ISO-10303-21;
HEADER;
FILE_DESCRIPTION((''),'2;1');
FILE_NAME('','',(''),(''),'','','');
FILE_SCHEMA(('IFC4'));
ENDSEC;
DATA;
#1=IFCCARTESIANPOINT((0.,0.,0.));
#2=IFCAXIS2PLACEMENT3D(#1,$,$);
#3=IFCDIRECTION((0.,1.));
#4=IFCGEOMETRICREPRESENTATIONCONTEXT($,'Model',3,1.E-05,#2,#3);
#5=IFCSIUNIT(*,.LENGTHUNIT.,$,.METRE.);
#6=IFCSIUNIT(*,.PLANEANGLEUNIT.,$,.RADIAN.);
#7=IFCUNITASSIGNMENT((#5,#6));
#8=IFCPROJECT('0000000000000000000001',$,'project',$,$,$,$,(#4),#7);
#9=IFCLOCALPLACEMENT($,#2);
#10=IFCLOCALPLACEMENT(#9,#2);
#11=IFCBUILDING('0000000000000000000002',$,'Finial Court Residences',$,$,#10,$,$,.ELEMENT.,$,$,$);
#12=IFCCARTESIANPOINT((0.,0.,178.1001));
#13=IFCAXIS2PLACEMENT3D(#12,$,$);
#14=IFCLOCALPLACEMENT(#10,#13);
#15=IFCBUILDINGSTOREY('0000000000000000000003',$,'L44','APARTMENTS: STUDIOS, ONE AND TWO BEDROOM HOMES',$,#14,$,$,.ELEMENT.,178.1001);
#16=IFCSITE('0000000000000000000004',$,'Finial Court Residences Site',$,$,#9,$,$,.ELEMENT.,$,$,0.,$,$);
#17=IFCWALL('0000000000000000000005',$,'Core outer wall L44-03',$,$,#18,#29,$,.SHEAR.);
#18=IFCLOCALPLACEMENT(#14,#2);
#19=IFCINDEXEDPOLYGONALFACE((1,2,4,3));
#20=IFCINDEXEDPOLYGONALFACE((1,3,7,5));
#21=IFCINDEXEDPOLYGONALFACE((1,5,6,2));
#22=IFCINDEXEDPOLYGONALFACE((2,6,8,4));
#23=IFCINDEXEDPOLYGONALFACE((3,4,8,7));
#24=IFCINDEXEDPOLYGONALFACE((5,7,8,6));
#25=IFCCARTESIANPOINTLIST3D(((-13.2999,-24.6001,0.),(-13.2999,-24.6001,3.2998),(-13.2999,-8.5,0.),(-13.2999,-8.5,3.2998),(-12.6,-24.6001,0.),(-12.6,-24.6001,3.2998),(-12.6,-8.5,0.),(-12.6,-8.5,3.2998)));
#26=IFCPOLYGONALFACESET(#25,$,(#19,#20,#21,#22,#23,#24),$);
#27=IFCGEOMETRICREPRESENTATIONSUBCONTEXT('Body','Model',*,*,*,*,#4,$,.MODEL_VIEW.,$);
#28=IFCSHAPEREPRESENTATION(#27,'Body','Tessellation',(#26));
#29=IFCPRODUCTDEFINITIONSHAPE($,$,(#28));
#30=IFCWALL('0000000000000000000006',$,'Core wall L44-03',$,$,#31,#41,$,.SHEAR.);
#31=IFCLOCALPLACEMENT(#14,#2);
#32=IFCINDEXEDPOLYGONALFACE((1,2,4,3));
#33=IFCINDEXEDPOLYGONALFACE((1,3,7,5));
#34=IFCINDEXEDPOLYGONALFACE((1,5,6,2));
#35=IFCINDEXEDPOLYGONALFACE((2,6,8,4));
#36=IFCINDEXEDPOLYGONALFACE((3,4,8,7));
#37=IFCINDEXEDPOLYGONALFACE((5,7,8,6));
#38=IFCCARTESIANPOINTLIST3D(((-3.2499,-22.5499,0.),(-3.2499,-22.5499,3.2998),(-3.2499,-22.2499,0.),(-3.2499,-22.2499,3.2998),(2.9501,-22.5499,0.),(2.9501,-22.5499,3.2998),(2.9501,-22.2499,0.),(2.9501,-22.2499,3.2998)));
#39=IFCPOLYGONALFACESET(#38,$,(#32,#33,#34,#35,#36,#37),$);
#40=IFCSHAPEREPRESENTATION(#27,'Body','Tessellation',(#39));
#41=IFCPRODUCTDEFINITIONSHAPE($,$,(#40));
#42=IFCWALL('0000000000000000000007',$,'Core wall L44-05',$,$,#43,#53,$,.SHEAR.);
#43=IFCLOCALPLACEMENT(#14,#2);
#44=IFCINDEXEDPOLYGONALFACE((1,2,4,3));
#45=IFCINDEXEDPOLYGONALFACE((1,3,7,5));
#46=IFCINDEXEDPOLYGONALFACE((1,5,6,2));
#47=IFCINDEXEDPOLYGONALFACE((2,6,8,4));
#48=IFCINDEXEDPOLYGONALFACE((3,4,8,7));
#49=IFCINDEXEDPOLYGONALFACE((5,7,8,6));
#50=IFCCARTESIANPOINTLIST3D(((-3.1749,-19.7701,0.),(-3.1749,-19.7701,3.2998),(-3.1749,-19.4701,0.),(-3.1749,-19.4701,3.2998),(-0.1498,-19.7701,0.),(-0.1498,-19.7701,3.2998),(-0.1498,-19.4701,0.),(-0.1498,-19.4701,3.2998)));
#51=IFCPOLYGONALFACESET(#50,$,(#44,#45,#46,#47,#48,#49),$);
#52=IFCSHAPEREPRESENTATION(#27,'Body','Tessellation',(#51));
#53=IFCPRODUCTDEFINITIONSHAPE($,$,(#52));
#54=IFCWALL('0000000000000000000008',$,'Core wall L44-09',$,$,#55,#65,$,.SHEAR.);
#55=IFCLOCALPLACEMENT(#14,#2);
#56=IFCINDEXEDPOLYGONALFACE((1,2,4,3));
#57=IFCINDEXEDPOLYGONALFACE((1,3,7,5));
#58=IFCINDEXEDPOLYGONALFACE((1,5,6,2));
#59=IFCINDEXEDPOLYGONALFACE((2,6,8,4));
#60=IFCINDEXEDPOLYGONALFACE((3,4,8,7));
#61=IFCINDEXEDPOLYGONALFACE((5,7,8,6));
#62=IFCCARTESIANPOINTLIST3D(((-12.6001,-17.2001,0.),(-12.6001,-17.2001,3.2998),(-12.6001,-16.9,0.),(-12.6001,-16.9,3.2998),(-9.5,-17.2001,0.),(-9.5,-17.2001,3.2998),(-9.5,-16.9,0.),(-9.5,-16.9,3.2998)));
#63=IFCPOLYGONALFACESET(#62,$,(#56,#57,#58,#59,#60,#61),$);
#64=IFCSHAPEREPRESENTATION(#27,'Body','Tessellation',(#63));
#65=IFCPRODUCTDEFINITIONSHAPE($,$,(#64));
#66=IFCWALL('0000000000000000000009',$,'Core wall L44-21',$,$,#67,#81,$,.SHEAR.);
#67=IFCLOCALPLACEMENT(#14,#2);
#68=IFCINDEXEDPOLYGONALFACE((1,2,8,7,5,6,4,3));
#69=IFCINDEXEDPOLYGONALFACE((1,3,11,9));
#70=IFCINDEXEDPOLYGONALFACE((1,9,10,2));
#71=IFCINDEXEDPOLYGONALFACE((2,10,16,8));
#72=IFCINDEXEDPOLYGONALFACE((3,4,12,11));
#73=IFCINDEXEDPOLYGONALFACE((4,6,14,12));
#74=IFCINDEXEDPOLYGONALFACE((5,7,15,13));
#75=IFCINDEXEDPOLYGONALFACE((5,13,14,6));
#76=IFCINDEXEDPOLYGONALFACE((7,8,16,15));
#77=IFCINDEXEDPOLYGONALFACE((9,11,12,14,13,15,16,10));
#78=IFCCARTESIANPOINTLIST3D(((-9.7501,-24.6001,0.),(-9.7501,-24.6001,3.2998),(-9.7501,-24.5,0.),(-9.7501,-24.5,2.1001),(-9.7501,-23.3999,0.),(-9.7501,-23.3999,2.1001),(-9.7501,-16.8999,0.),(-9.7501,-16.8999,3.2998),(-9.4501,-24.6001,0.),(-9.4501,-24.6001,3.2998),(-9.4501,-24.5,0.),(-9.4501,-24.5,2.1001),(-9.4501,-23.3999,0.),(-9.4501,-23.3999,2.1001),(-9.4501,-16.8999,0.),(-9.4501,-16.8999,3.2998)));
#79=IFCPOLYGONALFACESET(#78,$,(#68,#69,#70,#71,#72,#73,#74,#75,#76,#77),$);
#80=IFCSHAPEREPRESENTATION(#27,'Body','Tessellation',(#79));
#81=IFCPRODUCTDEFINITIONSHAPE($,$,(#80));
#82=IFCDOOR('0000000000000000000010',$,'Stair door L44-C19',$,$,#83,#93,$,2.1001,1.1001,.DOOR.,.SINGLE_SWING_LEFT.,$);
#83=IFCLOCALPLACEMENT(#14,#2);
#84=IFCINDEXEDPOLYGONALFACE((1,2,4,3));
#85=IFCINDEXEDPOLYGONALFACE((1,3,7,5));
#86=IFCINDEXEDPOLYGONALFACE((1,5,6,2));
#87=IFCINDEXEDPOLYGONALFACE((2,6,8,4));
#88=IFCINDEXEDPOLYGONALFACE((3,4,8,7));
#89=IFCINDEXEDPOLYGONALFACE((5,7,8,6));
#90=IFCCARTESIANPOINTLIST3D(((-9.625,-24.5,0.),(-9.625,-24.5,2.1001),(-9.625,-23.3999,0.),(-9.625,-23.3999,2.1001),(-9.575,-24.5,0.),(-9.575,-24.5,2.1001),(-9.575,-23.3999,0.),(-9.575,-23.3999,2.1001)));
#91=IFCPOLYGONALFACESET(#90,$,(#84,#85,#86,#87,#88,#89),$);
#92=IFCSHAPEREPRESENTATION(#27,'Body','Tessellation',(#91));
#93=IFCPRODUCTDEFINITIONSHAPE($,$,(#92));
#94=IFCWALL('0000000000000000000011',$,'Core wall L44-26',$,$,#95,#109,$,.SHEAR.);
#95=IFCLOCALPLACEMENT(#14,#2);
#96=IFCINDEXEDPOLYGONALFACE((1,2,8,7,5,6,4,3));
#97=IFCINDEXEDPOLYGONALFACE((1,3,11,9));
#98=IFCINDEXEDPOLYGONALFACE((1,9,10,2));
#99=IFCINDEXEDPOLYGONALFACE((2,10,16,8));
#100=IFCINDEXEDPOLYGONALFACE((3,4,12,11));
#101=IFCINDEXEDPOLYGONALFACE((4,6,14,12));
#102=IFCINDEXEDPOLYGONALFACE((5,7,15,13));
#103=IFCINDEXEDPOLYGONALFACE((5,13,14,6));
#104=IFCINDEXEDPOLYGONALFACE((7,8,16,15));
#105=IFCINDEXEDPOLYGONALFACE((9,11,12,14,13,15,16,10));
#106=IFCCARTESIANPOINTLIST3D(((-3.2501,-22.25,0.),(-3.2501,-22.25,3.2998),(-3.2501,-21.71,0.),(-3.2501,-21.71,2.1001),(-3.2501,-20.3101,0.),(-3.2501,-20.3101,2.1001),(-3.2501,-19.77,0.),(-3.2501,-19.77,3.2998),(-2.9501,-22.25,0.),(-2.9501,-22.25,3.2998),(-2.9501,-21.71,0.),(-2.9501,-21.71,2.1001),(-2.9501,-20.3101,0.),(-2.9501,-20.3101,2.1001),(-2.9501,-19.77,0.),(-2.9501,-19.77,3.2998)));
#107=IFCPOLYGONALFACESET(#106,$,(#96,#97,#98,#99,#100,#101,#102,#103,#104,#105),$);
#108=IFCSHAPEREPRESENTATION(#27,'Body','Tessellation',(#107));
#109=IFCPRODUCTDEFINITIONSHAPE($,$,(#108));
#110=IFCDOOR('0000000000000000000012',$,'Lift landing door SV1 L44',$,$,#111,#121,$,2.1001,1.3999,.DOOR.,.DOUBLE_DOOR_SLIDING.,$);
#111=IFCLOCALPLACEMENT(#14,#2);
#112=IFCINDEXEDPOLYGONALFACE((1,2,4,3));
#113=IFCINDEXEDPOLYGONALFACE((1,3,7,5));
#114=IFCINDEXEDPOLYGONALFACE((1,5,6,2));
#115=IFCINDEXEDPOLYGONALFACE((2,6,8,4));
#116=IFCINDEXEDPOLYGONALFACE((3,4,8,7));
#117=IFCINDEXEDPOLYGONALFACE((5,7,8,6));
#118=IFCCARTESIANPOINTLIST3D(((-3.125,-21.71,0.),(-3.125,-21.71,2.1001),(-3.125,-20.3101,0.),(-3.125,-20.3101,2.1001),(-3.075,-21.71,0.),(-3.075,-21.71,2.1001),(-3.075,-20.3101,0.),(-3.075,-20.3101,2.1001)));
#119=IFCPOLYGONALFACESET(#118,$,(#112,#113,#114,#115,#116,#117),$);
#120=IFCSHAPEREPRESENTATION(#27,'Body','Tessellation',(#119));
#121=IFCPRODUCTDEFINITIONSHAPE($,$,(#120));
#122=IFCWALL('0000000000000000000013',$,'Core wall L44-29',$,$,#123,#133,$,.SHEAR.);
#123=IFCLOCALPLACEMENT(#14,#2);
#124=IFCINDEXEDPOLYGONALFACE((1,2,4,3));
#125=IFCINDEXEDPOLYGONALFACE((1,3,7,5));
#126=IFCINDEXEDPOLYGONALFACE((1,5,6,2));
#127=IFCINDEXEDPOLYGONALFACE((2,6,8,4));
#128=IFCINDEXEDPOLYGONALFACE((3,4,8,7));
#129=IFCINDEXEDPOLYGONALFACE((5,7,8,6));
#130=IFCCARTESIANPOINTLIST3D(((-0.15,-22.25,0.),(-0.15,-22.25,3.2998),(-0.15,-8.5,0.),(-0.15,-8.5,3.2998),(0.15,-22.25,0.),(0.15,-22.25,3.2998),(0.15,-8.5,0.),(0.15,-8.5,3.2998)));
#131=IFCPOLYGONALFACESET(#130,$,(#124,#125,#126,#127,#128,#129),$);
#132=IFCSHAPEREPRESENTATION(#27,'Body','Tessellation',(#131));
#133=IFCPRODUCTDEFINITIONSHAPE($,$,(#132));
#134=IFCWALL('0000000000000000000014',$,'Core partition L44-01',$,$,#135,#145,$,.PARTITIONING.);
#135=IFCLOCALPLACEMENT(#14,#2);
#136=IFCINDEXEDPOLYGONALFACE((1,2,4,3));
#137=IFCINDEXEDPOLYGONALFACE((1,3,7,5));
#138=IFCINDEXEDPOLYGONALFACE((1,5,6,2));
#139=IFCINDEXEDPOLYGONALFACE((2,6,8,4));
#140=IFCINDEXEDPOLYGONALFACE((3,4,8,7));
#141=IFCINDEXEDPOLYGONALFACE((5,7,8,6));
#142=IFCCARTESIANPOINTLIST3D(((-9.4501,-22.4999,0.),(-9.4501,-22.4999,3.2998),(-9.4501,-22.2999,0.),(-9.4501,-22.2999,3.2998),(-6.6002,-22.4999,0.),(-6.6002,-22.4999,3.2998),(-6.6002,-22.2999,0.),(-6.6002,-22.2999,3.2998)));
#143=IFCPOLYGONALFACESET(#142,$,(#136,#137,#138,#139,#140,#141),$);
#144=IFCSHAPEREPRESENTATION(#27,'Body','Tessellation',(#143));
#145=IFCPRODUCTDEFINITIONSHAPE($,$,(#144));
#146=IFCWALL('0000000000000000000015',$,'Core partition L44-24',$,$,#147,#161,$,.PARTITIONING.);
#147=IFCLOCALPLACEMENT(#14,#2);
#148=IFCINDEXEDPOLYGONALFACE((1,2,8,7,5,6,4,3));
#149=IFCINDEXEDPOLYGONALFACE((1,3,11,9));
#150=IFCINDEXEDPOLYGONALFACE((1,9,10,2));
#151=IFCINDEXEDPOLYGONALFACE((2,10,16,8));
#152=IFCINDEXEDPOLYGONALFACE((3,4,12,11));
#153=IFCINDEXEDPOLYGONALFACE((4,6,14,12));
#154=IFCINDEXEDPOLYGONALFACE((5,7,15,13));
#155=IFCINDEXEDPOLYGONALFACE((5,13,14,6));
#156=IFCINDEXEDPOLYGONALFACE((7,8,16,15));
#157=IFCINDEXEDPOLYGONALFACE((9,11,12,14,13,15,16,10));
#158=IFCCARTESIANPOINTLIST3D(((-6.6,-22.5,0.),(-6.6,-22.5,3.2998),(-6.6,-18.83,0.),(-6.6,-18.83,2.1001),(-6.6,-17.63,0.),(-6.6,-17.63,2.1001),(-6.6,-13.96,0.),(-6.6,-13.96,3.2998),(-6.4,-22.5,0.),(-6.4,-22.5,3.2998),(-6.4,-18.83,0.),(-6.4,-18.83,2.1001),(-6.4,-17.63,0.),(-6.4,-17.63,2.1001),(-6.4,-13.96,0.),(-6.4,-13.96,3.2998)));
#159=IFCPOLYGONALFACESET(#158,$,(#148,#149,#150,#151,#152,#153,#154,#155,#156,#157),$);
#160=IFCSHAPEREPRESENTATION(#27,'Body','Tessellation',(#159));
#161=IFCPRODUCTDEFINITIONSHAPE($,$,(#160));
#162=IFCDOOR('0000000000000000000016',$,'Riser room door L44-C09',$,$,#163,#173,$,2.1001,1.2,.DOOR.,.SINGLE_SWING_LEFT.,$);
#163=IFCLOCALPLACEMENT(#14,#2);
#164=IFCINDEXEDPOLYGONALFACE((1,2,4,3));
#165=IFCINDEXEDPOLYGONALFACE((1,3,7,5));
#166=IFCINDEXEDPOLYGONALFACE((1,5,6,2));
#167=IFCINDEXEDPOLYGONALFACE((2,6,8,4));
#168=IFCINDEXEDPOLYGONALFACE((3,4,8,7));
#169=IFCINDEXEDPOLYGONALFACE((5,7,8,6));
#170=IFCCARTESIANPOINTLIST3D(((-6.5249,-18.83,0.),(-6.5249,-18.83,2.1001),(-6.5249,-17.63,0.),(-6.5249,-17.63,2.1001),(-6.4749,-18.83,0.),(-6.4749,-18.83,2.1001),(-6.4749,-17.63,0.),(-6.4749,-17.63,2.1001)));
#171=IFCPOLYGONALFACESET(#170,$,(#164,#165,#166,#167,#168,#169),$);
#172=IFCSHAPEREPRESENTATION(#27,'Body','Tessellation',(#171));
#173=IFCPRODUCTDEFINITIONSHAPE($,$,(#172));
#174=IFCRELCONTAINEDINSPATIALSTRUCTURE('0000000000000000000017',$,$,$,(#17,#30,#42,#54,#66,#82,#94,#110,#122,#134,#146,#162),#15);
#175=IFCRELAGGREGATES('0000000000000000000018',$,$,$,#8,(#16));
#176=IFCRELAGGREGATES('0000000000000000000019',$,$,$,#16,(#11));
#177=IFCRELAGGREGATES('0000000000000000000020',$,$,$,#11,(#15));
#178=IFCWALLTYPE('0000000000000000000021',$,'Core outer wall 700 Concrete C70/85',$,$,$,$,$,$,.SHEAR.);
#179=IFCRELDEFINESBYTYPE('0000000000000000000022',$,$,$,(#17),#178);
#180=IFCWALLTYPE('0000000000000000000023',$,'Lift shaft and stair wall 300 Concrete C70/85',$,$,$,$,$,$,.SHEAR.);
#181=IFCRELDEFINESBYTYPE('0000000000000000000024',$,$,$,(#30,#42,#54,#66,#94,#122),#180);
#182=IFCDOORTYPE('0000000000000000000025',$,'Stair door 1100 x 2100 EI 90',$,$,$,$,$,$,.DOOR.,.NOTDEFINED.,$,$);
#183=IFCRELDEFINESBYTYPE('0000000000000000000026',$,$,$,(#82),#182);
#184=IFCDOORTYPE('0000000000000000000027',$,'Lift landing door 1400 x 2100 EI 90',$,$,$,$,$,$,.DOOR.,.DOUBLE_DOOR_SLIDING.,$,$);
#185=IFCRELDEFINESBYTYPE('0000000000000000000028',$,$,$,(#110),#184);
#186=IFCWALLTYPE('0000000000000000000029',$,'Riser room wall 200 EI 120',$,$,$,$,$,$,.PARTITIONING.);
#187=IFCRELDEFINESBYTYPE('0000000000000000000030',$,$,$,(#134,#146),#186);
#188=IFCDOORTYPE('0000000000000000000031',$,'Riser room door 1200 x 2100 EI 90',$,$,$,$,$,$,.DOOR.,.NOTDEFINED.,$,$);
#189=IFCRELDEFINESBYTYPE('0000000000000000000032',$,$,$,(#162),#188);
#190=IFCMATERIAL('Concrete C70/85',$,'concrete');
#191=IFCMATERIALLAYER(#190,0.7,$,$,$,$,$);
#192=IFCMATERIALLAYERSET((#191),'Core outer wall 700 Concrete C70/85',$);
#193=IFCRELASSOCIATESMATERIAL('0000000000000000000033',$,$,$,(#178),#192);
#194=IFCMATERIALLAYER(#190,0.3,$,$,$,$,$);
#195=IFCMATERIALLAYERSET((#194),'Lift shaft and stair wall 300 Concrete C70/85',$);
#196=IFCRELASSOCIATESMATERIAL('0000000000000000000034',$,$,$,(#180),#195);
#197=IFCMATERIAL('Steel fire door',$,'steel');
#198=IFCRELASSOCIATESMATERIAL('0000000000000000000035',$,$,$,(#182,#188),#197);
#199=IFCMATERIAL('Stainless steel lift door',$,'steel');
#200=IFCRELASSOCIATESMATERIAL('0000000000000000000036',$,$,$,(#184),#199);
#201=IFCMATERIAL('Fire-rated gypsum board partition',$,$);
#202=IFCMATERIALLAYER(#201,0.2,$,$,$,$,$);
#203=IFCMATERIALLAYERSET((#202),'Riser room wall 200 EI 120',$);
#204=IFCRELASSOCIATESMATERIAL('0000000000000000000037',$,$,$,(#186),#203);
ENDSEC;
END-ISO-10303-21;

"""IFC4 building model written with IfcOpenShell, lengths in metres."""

from ifc_helpers import new_model, si_unit, direction, frame, frame_2d, origin, place, context, subcontext, project, spatial, rectangle, extrude, material, layer, layer_set, type_object, element, fill, save


model = new_model("IFC4")

# Units and contexts
model_context = context("Model", 3, precision=1e-05, world=origin(), true_north=direction((0.0, 1.0)))
body_context = subcontext(model_context, "Body", "Model", "MODEL_VIEW")
ifc_project = project(units=[si_unit("LENGTHUNIT", "METRE"), si_unit("PLANEANGLEUNIT", "RADIAN")], contexts=[model_context])

# Site, building, storey
site_placement = place(None, origin())
site = spatial("IfcSite", under=ifc_project, at=site_placement, Name="Finial Court Residences Site", CompositionType="ELEMENT", RefElevation=0.0)
building_placement = place(site_placement, origin())
building = spatial("IfcBuilding", under=site, at=building_placement, Name="Finial Court Residences", CompositionType="ELEMENT")
storey_placement = place(building_placement, frame((0.0, 0.0, 178.1001)))
storey = spatial("IfcBuildingStorey", under=building, at=storey_placement, Name="L44", Description="APARTMENTS: STUDIOS, ONE AND TWO BEDROOM HOMES", CompositionType="ELEMENT", Elevation=178.1001)

# Walls
ifc_material_1 = material(Name="Concrete C70/85", Category="concrete")
ifc_layer_1 = layer(ifc_material_1, 0.7)
ifc_layer_set_1 = layer_set([ifc_layer_1], Name="Core outer wall 700 Concrete C70/85")
wall_type_1 = type_object("IfcWallType", Name="Core outer wall 700 Concrete C70/85", PredefinedType="SHEAR", material=ifc_layer_set_1)
wall_1_placement = place(storey_placement, frame((-12.95, -24.6001, 0.0), z_axis=(0.0, 0.0, 1.0), x_axis=(0.0, 1.0, 0.0)))
element("IfcWall", 1, at=wall_1_placement, inside=storey, type_object=wall_type_1, Name="Core outer wall L44-03", PredefinedType="SHEAR", context=body_context, shape_type="SweptSolid", body=[
    extrude(rectangle(XDim=16.1001, YDim=0.7, at=frame_2d((8.05, 0.0))), origin(), (0.0, 0.0, 1.0), 3.2998),
])
ifc_layer_2 = layer(ifc_material_1, 0.3)
ifc_layer_set_2 = layer_set([ifc_layer_2], Name="Lift shaft and stair wall 300 Concrete C70/85")
wall_type_2 = type_object("IfcWallType", Name="Lift shaft and stair wall 300 Concrete C70/85", PredefinedType="SHEAR", material=ifc_layer_set_2)
wall_2_placement = place(storey_placement, frame((-3.25, -22.3999, 0.0), z_axis=(0.0, 0.0, 1.0), x_axis=(1.0, 0.0, 0.0)))
element("IfcWall", 2, at=wall_2_placement, inside=storey, type_object=wall_type_2, Name="Core wall L44-03", PredefinedType="SHEAR", context=body_context, shape_type="SweptSolid", body=[
    extrude(rectangle(XDim=6.2, YDim=0.3, at=frame_2d((3.1001, 0.0))), origin(), (0.0, 0.0, 1.0), 3.2998),
])
wall_3_placement = place(storey_placement, frame((-3.175, -19.6201, 0.0), z_axis=(0.0, 0.0, 1.0), x_axis=(1.0, 0.0, 0.0)))
element("IfcWall", 3, at=wall_3_placement, inside=storey, type_object=wall_type_2, Name="Core wall L44-05", PredefinedType="SHEAR", context=body_context, shape_type="SweptSolid", body=[
    extrude(rectangle(XDim=3.0251, YDim=0.3, at=frame_2d((1.5127, 0.0))), origin(), (0.0, 0.0, 1.0), 3.2998),
])
wall_4_placement = place(storey_placement, frame((-12.6001, -17.05, 0.0), z_axis=(0.0, 0.0, 1.0), x_axis=(1.0, 0.0, 0.0)))
element("IfcWall", 4, at=wall_4_placement, inside=storey, type_object=wall_type_2, Name="Core wall L44-09", PredefinedType="SHEAR", context=body_context, shape_type="SweptSolid", body=[
    extrude(rectangle(XDim=3.1001, YDim=0.3, at=frame_2d((1.55, 0.0))), origin(), (0.0, 0.0, 1.0), 3.2998),
])

# Walls, openings, doors
wall_5_placement = place(storey_placement, frame((-9.6001, -24.6001, 0.0), z_axis=(0.0, 0.0, 1.0), x_axis=(0.0, 1.0, 0.0)))
wall_5 = element("IfcWall", 5, at=wall_5_placement, inside=storey, type_object=wall_type_2, Name="Core wall L44-21", PredefinedType="SHEAR", context=body_context, shape_type="SweptSolid", body=[
    extrude(rectangle(XDim=7.7002, YDim=0.3, at=frame_2d((3.8501, 0.0))), origin(), (0.0, 0.0, 1.0), 3.2998),
])
opening_1_placement = place(wall_5_placement, frame((0.1001, 0.0, 0.0)))
opening_1 = element("IfcOpeningElement", 6, at=opening_1_placement, cuts=wall_5, PredefinedType="OPENING", context=body_context, shape_type="SweptSolid", body=[
    extrude(rectangle(XDim=1.1001, YDim=2.1001, at=frame_2d((0.55, 1.05))), frame((0.0, 0.1599, 0.0), z_axis=(0.0, -1.0, 0.0), x_axis=(1.0, 0.0, 0.0)), (0.0, 0.0, 1.0), 0.3201),
])
ifc_material_2 = material(Name="Steel fire door", Category="steel")
door_type_1 = type_object("IfcDoorType", Name="Stair door 1100 x 2100 EI 90", OperationType="NOTDEFINED", PredefinedType="DOOR", material=ifc_material_2)
door_1_placement = place(opening_1_placement, origin())
door_1 = element("IfcDoor", 7, at=door_1_placement, inside=storey, type_object=door_type_1, Name="Stair door L44-C19", OperationType="SINGLE_SWING_LEFT", OverallHeight=2.1001, OverallWidth=1.1001, PredefinedType="DOOR", context=body_context, shape_type="SweptSolid", body=[
    extrude(rectangle(XDim=1.1001, YDim=2.1001, at=frame_2d((0.55, 1.05))), frame((0.0, 0.0249, 0.0), z_axis=(0.0, -1.0, 0.0), x_axis=(1.0, 0.0, 0.0)), (0.0, 0.0, 1.0), 0.05),
])
fill(opening_1, door_1)
wall_6_placement = place(storey_placement, frame((-3.1001, -22.25, 0.0), z_axis=(0.0, 0.0, 1.0), x_axis=(0.0, 1.0, 0.0)))
wall_6 = element("IfcWall", 8, at=wall_6_placement, inside=storey, type_object=wall_type_2, Name="Core wall L44-26", PredefinedType="SHEAR", context=body_context, shape_type="SweptSolid", body=[
    extrude(rectangle(XDim=2.48, YDim=0.3, at=frame_2d((1.24, 0.0))), origin(), (0.0, 0.0, 1.0), 3.2998),
])
opening_2_placement = place(wall_6_placement, frame((0.54, 0.0, 0.0)))
opening_2 = element("IfcOpeningElement", 9, at=opening_2_placement, cuts=wall_6, PredefinedType="OPENING", context=body_context, shape_type="SweptSolid", body=[
    extrude(rectangle(XDim=1.3999, YDim=2.1001, at=frame_2d((0.7, 1.05))), frame((0.0, 0.1599, 0.0), z_axis=(0.0, -1.0, 0.0), x_axis=(1.0, 0.0, 0.0)), (0.0, 0.0, 1.0), 0.3201),
])
ifc_material_3 = material(Name="Stainless steel lift door", Category="steel")
door_type_2 = type_object("IfcDoorType", Name="Lift landing door 1400 x 2100 EI 90", OperationType="DOUBLE_DOOR_SLIDING", PredefinedType="DOOR", material=ifc_material_3)
door_2_placement = place(opening_2_placement, origin())
door_2 = element("IfcDoor", 10, at=door_2_placement, inside=storey, type_object=door_type_2, Name="Lift landing door SV1 L44", OperationType="DOUBLE_DOOR_SLIDING", OverallHeight=2.1001, OverallWidth=1.3999, PredefinedType="DOOR", context=body_context, shape_type="SweptSolid", body=[
    extrude(rectangle(XDim=1.3999, YDim=2.1001, at=frame_2d((0.7, 1.05))), frame((0.0, 0.0249, 0.0), z_axis=(0.0, -1.0, 0.0), x_axis=(1.0, 0.0, 0.0)), (0.0, 0.0, 1.0), 0.05),
])
fill(opening_2, door_2)

# Walls
wall_7_placement = place(storey_placement, frame((0.0, -22.25, 0.0), z_axis=(0.0, 0.0, 1.0), x_axis=(0.0, 1.0, 0.0)))
element("IfcWall", 11, at=wall_7_placement, inside=storey, type_object=wall_type_2, Name="Core wall L44-29", PredefinedType="SHEAR", context=body_context, shape_type="SweptSolid", body=[
    extrude(rectangle(XDim=13.75, YDim=0.3, at=frame_2d((6.875, 0.0))), origin(), (0.0, 0.0, 1.0), 3.2998),
])
ifc_material_4 = material(Name="Fire-rated gypsum board partition")
ifc_layer_3 = layer(ifc_material_4, 0.2)
ifc_layer_set_3 = layer_set([ifc_layer_3], Name="Riser room wall 200 EI 120")
wall_type_3 = type_object("IfcWallType", Name="Riser room wall 200 EI 120", PredefinedType="PARTITIONING", material=ifc_layer_set_3)
wall_8_placement = place(storey_placement, frame((-9.45, -22.3999, 0.0), z_axis=(0.0, 0.0, 1.0), x_axis=(1.0, 0.0, 0.0)))
element("IfcWall", 12, at=wall_8_placement, inside=storey, type_object=wall_type_3, Name="Core partition L44-01", PredefinedType="PARTITIONING", context=body_context, shape_type="SweptSolid", body=[
    extrude(rectangle(XDim=2.8499, YDim=0.2, at=frame_2d((1.4248, 0.0))), origin(), (0.0, 0.0, 1.0), 3.2998),
])

# Wall, opening, door
wall_9_placement = place(storey_placement, frame((-6.5, -22.5, 0.0), z_axis=(0.0, 0.0, 1.0), x_axis=(0.0, 1.0, 0.0)))
wall_9 = element("IfcWall", 13, at=wall_9_placement, inside=storey, type_object=wall_type_3, Name="Core partition L44-24", PredefinedType="PARTITIONING", context=body_context, shape_type="SweptSolid", body=[
    extrude(rectangle(XDim=8.54, YDim=0.2, at=frame_2d((4.27, 0.0))), origin(), (0.0, 0.0, 1.0), 3.2998),
])
opening_3_placement = place(wall_9_placement, frame((3.6699, 0.0, 0.0)))
opening_3 = element("IfcOpeningElement", 14, at=opening_3_placement, cuts=wall_9, PredefinedType="OPENING", context=body_context, shape_type="SweptSolid", body=[
    extrude(rectangle(XDim=1.2, YDim=2.1001, at=frame_2d((0.6001, 1.05))), frame((0.0, 0.1099, 0.0), z_axis=(0.0, -1.0, 0.0), x_axis=(1.0, 0.0, 0.0)), (0.0, 0.0, 1.0), 0.22),
])
door_type_3 = type_object("IfcDoorType", Name="Riser room door 1200 x 2100 EI 90", OperationType="NOTDEFINED", PredefinedType="DOOR", material=ifc_material_2)
door_3_placement = place(opening_3_placement, origin())
door_3 = element("IfcDoor", 15, at=door_3_placement, inside=storey, type_object=door_type_3, Name="Riser room door L44-C09", OperationType="SINGLE_SWING_LEFT", OverallHeight=2.1001, OverallWidth=1.2, PredefinedType="DOOR", context=body_context, shape_type="SweptSolid", body=[
    extrude(rectangle(XDim=1.2, YDim=2.1001, at=frame_2d((0.6001, 1.05))), frame((0.0, 0.0249, 0.0), z_axis=(0.0, -1.0, 0.0), x_axis=(1.0, 0.0, 0.0)), (0.0, 0.0, 1.0), 0.05),
])
fill(opening_3, door_3)

save(model, "model.ifc")
